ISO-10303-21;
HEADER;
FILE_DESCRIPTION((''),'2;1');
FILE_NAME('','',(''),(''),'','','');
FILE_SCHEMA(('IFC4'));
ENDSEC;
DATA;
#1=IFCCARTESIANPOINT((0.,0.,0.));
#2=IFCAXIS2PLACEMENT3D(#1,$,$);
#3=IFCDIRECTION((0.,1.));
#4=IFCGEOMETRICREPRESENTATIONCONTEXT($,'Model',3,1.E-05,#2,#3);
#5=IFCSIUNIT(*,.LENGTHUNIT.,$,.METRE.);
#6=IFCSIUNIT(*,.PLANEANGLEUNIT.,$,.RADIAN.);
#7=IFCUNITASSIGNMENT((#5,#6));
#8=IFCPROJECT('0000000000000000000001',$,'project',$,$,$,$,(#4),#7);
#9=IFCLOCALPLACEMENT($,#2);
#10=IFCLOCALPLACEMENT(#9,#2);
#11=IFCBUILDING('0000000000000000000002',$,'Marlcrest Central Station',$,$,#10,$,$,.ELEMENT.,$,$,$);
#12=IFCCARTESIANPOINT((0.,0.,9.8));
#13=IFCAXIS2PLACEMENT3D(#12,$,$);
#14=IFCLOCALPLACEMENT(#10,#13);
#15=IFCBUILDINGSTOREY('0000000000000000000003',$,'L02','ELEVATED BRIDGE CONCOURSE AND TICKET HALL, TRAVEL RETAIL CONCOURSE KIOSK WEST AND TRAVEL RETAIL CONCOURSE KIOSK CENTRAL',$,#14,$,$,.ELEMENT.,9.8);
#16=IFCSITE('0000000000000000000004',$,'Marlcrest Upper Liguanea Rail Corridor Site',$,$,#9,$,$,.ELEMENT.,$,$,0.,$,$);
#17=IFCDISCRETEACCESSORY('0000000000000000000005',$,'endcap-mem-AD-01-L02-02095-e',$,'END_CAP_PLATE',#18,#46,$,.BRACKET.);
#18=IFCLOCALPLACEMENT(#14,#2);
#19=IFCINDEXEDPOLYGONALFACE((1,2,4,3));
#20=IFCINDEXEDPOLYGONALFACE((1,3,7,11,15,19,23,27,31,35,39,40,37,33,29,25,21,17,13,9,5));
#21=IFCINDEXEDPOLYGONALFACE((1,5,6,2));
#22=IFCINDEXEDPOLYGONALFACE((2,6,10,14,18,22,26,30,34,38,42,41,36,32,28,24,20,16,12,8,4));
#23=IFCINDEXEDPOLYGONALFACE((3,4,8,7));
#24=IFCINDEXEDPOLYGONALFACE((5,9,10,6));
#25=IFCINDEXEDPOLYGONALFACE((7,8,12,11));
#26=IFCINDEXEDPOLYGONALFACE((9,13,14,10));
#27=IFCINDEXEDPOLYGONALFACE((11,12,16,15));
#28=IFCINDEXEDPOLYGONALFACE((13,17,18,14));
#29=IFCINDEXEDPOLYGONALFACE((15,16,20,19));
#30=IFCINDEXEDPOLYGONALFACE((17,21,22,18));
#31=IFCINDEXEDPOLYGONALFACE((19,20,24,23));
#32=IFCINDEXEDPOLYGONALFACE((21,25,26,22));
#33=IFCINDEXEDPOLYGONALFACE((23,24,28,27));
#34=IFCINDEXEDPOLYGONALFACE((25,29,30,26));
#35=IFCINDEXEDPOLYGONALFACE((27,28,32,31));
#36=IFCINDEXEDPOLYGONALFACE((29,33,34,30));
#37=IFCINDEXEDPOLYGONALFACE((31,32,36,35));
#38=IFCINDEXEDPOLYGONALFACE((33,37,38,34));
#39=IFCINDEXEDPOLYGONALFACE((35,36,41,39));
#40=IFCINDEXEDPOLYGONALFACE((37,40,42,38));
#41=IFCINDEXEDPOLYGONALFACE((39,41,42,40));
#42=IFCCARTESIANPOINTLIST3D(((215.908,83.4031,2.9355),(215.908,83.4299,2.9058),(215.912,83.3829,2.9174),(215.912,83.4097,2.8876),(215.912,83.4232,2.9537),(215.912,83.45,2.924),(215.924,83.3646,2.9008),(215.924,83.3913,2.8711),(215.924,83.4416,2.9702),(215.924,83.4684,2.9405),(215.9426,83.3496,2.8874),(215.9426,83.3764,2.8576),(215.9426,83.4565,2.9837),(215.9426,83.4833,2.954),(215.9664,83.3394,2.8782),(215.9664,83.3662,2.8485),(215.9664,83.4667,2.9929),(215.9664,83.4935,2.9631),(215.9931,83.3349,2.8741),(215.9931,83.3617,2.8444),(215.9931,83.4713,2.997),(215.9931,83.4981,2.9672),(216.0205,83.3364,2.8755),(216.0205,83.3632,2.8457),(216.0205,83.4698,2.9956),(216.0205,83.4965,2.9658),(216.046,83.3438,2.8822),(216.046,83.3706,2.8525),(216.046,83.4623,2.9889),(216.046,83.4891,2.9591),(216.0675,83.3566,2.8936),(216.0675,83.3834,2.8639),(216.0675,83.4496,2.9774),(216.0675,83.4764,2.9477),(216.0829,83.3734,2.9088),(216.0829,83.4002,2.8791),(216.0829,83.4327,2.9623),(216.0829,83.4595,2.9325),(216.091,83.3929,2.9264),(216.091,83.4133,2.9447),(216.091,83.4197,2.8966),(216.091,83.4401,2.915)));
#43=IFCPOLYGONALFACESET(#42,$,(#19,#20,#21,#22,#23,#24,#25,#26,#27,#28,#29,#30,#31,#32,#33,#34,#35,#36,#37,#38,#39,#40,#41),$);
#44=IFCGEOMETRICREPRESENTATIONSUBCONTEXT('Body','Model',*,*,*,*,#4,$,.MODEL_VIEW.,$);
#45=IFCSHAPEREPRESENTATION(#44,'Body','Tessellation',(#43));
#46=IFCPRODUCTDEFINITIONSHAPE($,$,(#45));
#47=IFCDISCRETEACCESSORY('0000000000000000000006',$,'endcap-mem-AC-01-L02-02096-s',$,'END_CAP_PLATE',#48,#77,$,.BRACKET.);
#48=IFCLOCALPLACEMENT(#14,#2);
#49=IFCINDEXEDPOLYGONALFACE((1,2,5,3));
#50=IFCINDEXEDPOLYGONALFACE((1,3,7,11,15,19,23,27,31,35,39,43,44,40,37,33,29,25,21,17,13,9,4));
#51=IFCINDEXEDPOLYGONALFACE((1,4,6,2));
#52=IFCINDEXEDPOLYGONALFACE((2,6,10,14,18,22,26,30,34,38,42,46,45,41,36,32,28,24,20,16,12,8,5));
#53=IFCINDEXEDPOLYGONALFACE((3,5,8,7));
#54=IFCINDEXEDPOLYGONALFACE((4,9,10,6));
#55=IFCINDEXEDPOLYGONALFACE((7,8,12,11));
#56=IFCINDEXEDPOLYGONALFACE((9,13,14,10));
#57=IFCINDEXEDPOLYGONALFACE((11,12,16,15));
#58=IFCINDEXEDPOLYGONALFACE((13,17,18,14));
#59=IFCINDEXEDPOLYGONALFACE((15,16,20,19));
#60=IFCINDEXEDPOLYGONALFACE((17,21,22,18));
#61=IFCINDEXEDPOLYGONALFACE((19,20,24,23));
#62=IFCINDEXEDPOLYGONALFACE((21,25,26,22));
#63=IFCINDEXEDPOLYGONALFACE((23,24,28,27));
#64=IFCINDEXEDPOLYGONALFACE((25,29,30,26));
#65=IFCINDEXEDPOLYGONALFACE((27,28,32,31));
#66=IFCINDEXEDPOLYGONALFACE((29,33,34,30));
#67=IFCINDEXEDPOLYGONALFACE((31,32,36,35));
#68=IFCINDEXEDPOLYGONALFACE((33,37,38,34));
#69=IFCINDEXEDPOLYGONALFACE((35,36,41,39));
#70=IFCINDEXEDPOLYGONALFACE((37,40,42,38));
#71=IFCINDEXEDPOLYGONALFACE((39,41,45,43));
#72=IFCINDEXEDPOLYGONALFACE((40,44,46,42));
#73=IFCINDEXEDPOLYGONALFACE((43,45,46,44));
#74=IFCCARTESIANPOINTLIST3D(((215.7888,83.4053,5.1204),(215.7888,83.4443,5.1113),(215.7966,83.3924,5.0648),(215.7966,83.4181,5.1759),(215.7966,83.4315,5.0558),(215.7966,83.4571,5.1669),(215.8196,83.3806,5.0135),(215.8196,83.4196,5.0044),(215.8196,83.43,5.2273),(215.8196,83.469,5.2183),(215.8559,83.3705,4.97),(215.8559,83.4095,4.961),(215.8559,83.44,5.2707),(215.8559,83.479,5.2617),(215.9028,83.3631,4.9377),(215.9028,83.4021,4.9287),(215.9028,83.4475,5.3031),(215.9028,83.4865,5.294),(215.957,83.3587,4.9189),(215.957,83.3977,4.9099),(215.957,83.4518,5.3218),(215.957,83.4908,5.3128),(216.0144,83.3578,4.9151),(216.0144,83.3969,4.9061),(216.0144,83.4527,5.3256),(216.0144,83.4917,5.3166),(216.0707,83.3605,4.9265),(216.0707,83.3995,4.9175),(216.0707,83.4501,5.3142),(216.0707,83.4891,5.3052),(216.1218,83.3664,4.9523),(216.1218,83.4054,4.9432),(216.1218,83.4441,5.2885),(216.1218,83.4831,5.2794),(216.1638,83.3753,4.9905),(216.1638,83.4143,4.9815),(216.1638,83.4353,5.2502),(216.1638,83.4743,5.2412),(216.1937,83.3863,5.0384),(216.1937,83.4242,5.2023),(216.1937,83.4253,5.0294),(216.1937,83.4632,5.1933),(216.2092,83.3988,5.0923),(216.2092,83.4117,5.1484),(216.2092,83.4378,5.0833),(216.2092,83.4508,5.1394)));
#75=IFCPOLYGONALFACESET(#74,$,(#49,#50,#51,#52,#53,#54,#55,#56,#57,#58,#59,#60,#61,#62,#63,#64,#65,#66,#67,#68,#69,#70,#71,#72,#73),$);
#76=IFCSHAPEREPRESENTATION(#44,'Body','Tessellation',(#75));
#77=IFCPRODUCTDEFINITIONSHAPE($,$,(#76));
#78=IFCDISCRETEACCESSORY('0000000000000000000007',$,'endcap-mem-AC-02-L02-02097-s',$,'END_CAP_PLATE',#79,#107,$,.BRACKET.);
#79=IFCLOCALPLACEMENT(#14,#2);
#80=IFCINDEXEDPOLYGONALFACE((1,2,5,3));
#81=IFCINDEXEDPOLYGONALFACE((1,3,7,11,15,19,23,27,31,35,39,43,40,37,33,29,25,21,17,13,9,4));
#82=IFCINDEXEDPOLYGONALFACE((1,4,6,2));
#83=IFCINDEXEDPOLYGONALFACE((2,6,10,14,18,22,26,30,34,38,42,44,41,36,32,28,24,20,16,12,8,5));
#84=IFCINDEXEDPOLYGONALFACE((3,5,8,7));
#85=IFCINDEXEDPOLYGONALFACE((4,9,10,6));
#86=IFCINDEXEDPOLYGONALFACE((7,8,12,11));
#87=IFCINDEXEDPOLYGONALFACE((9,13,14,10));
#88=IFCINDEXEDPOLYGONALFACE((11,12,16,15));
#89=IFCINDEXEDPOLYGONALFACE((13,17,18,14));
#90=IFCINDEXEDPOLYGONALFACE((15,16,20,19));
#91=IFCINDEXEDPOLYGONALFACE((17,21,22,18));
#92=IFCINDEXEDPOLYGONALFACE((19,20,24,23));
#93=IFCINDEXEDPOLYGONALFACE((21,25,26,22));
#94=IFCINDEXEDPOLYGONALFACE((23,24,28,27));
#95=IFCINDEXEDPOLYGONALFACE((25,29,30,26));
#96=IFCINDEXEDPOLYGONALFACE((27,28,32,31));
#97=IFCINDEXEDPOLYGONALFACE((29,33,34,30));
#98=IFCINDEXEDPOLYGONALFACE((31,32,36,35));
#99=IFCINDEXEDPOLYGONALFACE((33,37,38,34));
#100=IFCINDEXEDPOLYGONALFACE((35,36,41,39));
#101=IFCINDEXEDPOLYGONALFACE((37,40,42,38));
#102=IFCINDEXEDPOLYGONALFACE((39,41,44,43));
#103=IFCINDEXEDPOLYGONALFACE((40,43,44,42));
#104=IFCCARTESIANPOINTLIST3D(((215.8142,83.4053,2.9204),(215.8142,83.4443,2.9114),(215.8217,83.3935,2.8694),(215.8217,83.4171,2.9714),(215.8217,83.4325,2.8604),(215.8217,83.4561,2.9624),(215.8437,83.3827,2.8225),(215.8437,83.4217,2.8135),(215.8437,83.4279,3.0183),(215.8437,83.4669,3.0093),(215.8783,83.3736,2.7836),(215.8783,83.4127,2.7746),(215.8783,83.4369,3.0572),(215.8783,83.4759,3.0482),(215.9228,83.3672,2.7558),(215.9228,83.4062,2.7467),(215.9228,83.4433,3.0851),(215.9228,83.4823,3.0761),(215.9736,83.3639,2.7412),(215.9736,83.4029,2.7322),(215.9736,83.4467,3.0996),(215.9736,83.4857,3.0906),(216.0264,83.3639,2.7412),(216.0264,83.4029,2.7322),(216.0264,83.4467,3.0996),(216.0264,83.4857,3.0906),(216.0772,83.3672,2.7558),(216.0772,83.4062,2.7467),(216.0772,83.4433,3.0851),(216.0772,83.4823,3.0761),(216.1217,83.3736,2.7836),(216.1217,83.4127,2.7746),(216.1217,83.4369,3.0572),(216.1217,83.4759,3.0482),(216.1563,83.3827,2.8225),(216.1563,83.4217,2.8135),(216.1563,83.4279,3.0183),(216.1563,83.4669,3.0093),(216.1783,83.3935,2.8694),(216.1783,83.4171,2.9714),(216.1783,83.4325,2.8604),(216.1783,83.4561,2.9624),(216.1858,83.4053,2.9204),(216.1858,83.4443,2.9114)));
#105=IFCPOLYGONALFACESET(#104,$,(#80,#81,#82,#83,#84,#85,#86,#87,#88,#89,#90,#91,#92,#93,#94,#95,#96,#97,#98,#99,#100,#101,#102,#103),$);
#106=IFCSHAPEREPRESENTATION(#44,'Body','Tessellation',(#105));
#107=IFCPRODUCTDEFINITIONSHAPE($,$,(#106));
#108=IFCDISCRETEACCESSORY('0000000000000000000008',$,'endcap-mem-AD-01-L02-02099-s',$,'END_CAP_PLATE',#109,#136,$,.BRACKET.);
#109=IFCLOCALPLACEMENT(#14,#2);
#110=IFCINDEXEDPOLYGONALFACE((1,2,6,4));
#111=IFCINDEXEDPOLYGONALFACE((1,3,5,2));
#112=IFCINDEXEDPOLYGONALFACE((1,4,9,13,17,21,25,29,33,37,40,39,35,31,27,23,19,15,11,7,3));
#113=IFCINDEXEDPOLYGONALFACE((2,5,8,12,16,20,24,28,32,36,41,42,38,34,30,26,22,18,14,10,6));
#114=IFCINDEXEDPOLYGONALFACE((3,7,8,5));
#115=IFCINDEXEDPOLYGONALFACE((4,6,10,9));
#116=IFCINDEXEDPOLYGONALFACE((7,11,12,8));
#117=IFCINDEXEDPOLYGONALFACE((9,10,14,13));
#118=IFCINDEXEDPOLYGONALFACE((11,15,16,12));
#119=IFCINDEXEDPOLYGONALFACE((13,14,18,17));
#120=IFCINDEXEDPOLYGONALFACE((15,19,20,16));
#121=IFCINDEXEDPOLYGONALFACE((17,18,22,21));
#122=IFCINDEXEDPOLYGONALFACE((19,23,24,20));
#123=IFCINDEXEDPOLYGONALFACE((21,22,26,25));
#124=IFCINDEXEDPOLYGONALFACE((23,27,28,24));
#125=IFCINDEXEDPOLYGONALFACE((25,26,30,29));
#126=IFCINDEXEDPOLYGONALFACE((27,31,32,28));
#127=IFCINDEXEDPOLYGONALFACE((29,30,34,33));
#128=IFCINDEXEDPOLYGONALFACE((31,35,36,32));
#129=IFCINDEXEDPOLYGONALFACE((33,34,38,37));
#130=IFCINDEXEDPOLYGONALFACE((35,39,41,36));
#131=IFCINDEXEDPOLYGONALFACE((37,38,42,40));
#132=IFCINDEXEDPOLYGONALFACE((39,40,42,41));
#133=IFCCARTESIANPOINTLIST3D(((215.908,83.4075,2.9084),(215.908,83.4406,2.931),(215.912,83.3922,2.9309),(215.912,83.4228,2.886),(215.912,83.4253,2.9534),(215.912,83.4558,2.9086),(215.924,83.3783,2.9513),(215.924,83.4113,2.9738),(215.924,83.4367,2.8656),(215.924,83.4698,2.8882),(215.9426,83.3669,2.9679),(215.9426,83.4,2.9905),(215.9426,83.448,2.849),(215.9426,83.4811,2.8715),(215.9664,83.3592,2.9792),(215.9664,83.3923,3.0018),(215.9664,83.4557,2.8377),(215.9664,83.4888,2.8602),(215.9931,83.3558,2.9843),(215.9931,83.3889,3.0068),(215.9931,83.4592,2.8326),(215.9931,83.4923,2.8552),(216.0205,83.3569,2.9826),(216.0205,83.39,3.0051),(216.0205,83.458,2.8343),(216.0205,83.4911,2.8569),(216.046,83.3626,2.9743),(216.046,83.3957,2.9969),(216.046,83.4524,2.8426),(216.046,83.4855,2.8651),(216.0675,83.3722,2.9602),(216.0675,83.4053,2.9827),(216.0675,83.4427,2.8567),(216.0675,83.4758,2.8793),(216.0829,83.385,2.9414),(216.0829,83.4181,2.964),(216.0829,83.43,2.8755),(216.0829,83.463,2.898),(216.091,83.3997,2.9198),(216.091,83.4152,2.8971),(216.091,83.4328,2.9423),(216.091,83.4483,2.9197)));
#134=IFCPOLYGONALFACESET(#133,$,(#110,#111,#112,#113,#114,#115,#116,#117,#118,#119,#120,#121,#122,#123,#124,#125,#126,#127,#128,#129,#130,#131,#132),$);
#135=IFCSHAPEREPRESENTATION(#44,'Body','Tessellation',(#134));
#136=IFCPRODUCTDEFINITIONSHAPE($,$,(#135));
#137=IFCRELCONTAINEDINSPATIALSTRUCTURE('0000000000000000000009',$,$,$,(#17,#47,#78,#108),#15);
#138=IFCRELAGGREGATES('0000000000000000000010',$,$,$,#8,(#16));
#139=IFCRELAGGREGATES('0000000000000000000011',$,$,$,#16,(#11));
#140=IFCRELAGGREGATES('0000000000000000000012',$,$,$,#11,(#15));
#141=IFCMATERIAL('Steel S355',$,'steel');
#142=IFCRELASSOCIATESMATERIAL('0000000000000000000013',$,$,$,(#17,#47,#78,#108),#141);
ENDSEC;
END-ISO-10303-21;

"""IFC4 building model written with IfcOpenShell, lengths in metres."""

from ifc_helpers import new_model, si_unit, direction, frame, origin, origin_2d, place, context, subcontext, project, spatial, circle, extrude, material, element, save


model = new_model("IFC4")

# Units and contexts
model_context = context("Model", 3, precision=1e-05, world=origin(), true_north=direction((0.0, 1.0)))
body_context = subcontext(model_context, "Body", "Model", "MODEL_VIEW")
ifc_project = project(units=[si_unit("LENGTHUNIT", "METRE"), si_unit("PLANEANGLEUNIT", "RADIAN")], contexts=[model_context])

# Site, building, storey
site_placement = place(None, origin())
site = spatial("IfcSite", under=ifc_project, at=site_placement, Name="Marlcrest Upper Liguanea Rail Corridor Site", CompositionType="ELEMENT", RefElevation=0.0)
building_placement = place(site_placement, origin())
building = spatial("IfcBuilding", under=site, at=building_placement, Name="Marlcrest Central Station", CompositionType="ELEMENT")
storey_placement = place(building_placement, frame((0.0, 0.0, 9.8)))
storey = spatial("IfcBuildingStorey", under=building, at=storey_placement, Name="L02", Description="ELEVATED BRIDGE CONCOURSE AND TICKET HALL, TRAVEL RETAIL CONCOURSE KIOSK WEST AND TRAVEL RETAIL CONCOURSE KIOSK CENTRAL", CompositionType="ELEMENT", Elevation=9.8)

# Shared definitions
ifc_material_1 = material(Name="Steel S355", Category="steel")

# Discrete accessories
for number, where, z_axis, x_axis, name in (
    (1, (216.0, 83.4031, 2.9355), (0.0, 0.669244, -0.743042), (-1.0, 0.0, 0.0), "endcap-mem-AD-01-L02-02095-e"),
):
    element("IfcDiscreteAccessory", number, at=place(storey_placement, frame(where, z_axis=z_axis, x_axis=x_axis)), inside=storey, material=ifc_material_1, Name=name, ObjectType="END_CAP_PLATE", PredefinedType="BRACKET", context=body_context, shape_type="SweptSolid", body=[
        extrude(circle(Radius=0.092, at=origin_2d()), origin(), (0.0, 0.0, 1.0), 0.04),
    ])
discrete_accessory_1_placement = place(storey_placement, frame((216.0, 83.4053, 5.1204), z_axis=(0.0, 0.97433, -0.225126), x_axis=(-1.0, 0.0, 0.0)))
element("IfcDiscreteAccessory", 2, at=discrete_accessory_1_placement, inside=storey, material=ifc_material_1, Name="endcap-mem-AC-01-L02-02096-s", ObjectType="END_CAP_PLATE", PredefinedType="BRACKET", context=body_context, shape_type="SweptSolid", body=[
    extrude(circle(Radius=0.2112, at=origin_2d()), origin(), (0.0, 0.0, 1.0), 0.04),
])
discrete_accessory_2_placement = place(storey_placement, frame((216.0, 83.4053, 2.9204), z_axis=(0.0, 0.974308, -0.22522), x_axis=(-1.0, 0.0, 0.0)))
element("IfcDiscreteAccessory", 3, at=discrete_accessory_2_placement, inside=storey, material=ifc_material_1, Name="endcap-mem-AC-02-L02-02097-s", ObjectType="END_CAP_PLATE", PredefinedType="BRACKET", context=body_context, shape_type="SweptSolid", body=[
    extrude(circle(Radius=0.1858, at=origin_2d()), origin(), (0.0, 0.0, 1.0), 0.04),
])
discrete_accessory_3_placement = place(storey_placement, frame((216.0, 83.4075, 2.9084), z_axis=(0.0, 0.826263, 0.563285), x_axis=(-1.0, 0.0, 0.0)))
element("IfcDiscreteAccessory", 4, at=discrete_accessory_3_placement, inside=storey, material=ifc_material_1, Name="endcap-mem-AD-01-L02-02099-s", ObjectType="END_CAP_PLATE", PredefinedType="BRACKET", context=body_context, shape_type="SweptSolid", body=[
    extrude(circle(Radius=0.092, at=origin_2d()), origin(), (0.0, 0.0, 1.0), 0.04),
])

save(model, "model.ifc")
